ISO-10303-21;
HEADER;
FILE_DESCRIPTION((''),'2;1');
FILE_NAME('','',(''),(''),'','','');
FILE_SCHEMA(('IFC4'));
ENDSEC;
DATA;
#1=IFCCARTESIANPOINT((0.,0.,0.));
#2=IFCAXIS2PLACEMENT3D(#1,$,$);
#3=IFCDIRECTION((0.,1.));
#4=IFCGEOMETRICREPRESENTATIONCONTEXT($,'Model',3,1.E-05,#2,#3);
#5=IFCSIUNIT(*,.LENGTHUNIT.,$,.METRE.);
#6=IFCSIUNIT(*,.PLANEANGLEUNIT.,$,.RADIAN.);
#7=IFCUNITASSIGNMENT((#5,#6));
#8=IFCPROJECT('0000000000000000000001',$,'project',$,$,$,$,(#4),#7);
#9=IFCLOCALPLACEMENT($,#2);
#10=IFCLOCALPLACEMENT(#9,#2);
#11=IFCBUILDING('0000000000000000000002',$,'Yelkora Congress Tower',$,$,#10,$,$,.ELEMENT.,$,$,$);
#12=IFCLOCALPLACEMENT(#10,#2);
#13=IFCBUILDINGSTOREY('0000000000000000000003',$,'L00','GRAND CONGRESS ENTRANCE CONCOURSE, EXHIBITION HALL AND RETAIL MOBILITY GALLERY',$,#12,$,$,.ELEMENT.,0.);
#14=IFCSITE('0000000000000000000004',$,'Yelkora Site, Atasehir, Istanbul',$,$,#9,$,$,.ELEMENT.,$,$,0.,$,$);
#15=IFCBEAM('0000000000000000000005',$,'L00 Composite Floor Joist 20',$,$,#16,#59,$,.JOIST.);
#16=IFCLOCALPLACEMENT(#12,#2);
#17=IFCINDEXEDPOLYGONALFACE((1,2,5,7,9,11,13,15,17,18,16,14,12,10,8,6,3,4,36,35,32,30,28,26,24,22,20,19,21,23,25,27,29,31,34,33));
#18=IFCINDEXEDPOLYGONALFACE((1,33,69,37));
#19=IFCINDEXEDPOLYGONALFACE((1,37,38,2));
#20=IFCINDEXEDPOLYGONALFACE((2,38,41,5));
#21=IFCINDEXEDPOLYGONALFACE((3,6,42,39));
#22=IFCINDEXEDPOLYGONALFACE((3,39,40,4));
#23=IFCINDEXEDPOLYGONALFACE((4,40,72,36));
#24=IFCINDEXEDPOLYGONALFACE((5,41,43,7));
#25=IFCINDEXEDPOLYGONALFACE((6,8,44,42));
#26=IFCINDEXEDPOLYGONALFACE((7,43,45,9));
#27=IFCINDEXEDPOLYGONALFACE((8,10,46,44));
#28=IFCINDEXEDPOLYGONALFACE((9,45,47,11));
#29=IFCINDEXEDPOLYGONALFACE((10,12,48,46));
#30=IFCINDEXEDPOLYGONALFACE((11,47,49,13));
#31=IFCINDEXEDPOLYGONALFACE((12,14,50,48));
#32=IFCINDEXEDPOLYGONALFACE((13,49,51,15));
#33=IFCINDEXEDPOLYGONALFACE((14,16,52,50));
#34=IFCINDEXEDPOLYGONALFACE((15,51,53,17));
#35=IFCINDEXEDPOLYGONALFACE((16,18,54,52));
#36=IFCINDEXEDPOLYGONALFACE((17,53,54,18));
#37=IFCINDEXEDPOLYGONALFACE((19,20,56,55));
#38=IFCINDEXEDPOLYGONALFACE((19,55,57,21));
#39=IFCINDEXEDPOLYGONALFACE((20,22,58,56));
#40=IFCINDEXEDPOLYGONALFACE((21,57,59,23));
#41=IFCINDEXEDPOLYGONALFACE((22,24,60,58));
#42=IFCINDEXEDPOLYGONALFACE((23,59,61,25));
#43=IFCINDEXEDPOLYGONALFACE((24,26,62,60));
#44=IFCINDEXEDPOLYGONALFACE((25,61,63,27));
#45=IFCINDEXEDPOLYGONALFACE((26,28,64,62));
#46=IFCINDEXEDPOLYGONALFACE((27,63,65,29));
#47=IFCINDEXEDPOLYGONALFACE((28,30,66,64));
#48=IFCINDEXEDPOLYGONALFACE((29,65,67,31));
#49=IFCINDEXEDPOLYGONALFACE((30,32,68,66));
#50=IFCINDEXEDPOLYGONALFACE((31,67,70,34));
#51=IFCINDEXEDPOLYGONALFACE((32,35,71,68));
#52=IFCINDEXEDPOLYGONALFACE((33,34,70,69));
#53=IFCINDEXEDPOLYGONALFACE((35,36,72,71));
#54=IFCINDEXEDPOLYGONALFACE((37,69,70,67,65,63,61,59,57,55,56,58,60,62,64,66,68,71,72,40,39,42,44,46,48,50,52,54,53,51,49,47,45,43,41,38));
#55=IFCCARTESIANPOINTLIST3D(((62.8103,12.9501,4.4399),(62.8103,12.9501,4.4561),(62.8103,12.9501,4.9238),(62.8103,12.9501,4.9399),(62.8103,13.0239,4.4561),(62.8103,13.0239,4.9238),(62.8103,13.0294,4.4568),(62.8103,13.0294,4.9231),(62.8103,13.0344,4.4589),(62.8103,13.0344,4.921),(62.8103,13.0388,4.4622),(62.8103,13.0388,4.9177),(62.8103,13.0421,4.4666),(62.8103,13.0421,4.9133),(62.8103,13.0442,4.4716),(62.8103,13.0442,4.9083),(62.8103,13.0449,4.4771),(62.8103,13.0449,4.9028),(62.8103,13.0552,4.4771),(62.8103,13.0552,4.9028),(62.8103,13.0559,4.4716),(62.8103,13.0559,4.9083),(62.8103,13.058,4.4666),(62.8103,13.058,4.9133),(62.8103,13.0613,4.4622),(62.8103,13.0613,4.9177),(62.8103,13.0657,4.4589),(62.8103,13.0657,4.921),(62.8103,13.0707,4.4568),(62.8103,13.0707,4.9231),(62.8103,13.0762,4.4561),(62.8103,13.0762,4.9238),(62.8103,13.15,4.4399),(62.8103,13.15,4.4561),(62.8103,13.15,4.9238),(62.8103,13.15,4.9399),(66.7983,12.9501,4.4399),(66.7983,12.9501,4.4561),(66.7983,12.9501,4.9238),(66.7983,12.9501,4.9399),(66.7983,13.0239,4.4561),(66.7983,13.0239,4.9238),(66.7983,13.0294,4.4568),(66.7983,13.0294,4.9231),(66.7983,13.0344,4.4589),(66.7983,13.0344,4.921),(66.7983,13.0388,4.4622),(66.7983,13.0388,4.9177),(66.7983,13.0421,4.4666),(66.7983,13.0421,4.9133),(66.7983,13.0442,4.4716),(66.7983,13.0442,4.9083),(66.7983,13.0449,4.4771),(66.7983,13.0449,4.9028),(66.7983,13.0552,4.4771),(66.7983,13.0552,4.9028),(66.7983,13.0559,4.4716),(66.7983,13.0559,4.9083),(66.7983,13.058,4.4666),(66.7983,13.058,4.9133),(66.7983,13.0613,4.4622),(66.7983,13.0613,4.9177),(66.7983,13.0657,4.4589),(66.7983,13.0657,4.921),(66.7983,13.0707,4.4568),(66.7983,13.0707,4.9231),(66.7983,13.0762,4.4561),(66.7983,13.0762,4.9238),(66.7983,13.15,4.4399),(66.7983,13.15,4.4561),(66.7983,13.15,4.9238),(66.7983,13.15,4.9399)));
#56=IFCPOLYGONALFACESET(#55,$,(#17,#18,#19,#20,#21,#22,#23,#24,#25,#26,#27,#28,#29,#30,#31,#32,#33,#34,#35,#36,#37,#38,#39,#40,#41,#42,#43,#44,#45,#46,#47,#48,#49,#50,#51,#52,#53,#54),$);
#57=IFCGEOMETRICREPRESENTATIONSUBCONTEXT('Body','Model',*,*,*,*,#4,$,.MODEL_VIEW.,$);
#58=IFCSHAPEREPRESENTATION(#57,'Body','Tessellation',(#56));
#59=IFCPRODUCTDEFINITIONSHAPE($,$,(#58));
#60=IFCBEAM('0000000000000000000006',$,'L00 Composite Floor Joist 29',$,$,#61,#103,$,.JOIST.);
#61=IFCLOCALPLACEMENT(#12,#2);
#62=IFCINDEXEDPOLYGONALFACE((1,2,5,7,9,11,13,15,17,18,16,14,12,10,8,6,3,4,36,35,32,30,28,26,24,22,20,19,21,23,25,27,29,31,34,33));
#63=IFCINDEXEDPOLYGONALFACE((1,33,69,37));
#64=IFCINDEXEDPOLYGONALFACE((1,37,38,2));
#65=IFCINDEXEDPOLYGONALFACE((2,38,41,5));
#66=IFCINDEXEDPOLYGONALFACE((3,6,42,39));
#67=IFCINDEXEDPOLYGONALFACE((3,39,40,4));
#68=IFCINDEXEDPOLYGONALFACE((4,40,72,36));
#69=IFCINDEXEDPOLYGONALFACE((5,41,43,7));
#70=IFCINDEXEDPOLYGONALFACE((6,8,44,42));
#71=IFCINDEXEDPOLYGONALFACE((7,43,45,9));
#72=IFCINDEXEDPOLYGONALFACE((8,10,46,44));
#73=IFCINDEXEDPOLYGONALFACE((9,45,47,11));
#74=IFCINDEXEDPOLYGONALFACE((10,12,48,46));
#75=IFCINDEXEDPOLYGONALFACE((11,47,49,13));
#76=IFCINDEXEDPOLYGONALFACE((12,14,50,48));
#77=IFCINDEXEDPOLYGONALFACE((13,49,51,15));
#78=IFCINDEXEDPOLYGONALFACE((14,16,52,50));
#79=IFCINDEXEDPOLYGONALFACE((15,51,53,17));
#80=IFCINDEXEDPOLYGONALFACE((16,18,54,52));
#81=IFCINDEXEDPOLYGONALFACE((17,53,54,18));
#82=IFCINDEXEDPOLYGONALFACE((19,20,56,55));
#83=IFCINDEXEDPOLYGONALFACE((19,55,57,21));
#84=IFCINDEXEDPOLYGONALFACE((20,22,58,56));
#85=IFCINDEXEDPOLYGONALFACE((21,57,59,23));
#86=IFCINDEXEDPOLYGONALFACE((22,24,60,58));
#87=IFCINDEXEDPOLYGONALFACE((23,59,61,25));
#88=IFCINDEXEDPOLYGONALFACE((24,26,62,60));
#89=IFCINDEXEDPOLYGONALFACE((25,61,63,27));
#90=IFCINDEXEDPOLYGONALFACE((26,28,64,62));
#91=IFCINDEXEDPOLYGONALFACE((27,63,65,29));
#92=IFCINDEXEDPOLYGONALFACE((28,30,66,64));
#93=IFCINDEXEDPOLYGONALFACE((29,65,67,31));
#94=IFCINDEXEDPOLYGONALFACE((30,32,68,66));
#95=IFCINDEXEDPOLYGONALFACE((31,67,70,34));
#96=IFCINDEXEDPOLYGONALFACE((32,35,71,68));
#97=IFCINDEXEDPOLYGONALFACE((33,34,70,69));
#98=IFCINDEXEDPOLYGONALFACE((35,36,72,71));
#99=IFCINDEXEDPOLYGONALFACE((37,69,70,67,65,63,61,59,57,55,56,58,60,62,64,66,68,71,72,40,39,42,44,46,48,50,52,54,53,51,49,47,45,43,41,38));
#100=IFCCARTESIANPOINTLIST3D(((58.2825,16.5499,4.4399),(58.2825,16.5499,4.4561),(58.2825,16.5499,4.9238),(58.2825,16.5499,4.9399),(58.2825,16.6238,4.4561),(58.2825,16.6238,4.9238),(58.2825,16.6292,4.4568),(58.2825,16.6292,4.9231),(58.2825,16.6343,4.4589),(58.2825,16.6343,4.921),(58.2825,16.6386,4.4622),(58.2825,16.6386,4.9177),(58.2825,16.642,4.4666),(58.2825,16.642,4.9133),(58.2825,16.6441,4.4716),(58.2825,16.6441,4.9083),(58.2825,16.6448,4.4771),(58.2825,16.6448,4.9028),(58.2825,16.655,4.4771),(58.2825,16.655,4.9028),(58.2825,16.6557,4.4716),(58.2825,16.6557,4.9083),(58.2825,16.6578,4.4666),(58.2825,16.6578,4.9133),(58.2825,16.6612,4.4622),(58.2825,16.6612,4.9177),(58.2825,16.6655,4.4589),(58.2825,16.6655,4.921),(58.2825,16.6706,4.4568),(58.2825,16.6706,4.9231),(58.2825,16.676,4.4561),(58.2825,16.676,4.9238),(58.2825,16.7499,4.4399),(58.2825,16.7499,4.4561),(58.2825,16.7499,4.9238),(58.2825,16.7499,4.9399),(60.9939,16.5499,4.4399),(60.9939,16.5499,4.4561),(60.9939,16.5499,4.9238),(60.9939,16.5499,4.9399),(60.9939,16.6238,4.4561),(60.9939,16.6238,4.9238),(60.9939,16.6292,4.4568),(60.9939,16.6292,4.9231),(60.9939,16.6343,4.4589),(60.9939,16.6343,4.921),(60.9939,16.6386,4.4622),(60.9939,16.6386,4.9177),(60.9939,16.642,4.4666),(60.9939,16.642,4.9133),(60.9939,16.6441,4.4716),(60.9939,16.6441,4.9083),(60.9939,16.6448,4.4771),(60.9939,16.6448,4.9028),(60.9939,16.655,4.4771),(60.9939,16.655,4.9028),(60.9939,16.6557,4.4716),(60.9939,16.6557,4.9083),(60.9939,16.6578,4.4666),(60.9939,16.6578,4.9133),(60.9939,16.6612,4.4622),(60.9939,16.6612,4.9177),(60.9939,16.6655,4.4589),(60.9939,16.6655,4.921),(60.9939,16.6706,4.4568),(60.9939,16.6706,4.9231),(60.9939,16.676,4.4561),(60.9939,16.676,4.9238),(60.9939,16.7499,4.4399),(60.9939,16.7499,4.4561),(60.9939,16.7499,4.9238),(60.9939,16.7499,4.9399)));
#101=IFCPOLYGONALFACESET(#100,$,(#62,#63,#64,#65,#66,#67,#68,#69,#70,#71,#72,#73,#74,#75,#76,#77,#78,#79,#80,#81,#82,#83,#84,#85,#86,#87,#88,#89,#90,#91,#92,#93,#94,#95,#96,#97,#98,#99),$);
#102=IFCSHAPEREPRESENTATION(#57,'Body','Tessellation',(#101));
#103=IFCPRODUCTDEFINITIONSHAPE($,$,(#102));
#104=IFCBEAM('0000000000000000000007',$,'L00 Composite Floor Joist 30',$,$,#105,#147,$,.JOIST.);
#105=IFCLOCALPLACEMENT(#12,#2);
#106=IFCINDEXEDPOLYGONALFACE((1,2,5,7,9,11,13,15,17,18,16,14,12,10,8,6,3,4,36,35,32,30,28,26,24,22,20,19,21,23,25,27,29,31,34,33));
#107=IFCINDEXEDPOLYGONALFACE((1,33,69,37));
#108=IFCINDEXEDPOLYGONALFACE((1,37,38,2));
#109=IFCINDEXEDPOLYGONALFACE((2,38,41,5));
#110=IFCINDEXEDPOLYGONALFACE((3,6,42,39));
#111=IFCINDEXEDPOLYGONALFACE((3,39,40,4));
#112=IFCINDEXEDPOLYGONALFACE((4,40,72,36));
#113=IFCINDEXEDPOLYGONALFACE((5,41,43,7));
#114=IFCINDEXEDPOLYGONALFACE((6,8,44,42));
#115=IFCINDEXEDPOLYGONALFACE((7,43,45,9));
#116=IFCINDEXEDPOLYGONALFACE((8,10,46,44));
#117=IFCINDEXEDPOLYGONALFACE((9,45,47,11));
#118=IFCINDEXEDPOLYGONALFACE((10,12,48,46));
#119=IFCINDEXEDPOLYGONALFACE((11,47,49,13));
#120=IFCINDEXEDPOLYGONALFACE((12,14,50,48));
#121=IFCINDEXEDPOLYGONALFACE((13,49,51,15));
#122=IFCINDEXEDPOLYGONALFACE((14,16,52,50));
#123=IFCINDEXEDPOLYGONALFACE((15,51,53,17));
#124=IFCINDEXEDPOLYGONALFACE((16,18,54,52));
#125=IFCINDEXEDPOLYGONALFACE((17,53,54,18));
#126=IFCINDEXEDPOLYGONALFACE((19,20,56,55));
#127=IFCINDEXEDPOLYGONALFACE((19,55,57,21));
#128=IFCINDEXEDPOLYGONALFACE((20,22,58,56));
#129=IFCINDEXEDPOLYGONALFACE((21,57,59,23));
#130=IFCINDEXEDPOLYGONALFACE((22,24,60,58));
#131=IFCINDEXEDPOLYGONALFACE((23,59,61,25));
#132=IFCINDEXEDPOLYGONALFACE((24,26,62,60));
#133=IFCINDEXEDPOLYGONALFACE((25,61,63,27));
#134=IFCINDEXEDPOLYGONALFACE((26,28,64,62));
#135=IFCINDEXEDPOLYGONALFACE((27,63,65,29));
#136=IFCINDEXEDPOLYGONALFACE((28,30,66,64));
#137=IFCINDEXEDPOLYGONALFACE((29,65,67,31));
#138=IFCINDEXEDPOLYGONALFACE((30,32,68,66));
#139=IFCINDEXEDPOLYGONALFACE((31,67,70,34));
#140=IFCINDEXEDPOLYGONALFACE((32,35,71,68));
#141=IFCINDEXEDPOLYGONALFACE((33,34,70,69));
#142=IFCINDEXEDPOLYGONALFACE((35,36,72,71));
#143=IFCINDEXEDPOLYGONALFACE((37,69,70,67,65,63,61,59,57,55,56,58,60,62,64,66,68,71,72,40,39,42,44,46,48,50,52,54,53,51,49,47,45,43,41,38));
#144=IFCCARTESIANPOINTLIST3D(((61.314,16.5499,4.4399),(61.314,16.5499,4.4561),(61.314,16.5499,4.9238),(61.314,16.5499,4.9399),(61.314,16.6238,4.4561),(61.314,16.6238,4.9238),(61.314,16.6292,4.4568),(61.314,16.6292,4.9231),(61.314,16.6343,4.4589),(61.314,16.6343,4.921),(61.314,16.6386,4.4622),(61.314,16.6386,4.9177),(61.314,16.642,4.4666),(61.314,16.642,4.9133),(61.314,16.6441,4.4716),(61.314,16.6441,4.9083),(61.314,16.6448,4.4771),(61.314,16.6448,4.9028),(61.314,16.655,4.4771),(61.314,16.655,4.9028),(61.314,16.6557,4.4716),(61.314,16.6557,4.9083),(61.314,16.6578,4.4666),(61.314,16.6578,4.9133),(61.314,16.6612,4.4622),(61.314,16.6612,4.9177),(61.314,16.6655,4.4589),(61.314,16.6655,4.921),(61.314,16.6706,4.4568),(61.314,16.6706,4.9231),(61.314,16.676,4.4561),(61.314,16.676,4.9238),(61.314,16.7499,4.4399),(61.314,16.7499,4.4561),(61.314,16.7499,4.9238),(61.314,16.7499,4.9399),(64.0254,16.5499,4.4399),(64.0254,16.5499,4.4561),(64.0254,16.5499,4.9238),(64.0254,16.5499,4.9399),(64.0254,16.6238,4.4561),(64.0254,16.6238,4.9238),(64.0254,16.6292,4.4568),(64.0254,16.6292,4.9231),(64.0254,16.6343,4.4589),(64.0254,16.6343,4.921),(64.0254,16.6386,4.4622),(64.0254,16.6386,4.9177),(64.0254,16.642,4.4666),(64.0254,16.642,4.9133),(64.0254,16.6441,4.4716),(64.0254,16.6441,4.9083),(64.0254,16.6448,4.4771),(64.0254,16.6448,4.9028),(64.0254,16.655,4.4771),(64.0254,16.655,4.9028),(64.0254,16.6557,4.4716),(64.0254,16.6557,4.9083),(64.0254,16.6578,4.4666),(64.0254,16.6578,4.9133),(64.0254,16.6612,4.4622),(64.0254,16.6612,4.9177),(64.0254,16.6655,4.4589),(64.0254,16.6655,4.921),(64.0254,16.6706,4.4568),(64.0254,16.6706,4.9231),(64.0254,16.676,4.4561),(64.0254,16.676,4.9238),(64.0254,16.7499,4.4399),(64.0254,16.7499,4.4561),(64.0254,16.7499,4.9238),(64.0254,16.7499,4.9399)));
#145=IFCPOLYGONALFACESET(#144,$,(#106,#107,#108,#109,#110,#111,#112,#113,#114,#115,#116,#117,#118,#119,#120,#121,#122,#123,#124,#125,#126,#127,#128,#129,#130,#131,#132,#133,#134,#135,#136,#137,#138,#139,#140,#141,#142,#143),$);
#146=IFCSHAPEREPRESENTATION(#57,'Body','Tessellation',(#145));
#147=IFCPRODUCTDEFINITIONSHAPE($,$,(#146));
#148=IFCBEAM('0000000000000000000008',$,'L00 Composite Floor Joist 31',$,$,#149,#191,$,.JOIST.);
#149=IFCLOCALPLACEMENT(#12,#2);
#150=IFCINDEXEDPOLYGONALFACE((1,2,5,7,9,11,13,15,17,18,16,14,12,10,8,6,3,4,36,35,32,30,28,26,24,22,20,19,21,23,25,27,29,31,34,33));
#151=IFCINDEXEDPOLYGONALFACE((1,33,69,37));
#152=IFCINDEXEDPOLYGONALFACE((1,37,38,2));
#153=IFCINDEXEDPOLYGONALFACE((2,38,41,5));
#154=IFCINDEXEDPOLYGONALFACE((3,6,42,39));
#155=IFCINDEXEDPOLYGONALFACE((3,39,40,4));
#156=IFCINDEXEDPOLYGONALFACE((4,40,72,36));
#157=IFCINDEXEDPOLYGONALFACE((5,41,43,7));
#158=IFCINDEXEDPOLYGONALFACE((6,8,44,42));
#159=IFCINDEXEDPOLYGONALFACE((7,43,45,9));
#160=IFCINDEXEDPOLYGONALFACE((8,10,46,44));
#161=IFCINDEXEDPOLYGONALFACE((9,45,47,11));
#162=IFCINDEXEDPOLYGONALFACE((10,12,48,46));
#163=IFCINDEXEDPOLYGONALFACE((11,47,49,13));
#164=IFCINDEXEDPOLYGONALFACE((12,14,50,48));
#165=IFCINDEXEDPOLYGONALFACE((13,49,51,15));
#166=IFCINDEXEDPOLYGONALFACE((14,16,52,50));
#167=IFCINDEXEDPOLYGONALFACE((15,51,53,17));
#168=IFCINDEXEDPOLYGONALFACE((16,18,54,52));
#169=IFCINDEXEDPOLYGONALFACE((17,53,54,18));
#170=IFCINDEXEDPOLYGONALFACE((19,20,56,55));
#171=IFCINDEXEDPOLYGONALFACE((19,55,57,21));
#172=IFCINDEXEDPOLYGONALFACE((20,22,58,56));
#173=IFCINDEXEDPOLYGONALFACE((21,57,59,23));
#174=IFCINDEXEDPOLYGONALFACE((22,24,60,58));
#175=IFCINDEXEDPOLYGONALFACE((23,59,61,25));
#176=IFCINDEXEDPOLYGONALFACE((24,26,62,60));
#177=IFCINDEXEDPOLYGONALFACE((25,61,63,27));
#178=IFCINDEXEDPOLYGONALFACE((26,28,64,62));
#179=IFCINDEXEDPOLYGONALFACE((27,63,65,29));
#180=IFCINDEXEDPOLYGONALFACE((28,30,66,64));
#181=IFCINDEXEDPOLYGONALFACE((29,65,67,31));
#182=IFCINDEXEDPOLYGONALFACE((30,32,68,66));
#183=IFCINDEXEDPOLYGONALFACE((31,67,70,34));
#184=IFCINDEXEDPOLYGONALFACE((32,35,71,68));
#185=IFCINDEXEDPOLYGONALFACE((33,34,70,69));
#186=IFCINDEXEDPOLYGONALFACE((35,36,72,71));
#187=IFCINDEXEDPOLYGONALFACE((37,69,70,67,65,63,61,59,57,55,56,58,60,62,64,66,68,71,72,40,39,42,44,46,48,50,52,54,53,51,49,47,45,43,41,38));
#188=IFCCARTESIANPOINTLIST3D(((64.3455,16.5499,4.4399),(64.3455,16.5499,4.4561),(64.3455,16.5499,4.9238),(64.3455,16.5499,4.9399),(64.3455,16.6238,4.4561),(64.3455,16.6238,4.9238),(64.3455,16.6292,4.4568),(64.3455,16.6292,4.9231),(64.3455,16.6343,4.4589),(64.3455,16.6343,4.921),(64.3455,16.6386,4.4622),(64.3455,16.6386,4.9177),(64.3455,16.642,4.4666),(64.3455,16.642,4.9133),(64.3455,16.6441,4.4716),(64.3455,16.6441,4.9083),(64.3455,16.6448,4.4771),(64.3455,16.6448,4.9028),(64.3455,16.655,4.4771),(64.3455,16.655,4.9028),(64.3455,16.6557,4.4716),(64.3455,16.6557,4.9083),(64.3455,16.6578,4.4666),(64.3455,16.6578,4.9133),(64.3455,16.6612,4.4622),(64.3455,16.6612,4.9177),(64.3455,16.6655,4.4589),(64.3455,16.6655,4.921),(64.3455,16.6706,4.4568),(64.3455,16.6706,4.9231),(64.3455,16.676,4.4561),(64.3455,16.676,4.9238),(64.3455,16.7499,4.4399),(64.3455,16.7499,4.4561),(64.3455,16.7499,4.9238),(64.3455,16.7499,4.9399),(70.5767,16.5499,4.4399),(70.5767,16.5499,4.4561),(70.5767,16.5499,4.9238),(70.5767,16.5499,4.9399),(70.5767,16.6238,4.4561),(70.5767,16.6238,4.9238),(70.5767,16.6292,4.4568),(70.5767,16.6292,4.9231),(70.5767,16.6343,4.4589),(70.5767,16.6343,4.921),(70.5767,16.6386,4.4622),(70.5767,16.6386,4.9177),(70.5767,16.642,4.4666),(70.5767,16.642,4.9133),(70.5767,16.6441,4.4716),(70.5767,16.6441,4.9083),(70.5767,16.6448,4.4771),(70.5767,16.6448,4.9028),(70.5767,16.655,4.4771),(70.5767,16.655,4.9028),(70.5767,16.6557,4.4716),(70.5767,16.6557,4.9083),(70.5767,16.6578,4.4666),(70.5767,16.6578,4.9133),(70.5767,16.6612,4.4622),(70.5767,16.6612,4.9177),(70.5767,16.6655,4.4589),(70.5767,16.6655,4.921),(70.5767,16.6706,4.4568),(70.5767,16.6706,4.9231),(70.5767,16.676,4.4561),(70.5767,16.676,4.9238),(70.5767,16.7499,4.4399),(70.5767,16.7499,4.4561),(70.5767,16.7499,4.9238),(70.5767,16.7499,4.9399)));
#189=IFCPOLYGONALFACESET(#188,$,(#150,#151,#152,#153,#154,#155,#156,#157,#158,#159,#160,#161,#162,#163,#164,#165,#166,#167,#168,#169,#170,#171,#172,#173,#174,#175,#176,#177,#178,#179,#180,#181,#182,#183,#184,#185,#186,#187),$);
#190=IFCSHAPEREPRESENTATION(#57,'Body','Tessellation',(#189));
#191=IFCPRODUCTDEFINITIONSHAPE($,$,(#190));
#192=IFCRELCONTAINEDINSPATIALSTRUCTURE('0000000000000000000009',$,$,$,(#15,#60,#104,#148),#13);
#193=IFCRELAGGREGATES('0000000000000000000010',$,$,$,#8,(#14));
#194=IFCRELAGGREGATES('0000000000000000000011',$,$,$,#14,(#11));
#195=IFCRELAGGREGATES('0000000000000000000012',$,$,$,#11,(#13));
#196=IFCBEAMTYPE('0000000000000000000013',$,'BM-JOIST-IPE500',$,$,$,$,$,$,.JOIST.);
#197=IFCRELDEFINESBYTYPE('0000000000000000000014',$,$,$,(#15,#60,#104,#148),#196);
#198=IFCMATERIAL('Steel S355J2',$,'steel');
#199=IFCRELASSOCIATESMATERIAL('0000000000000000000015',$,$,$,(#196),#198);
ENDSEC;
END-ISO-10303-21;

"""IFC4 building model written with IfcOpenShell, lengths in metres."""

from ifc_helpers import new_model, si_unit, direction, frame, origin, origin_2d, place, context, subcontext, project, spatial, i_section, extrude, material, material_profile, profile_set, type_object, element, save


model = new_model("IFC4")

# Units and contexts
model_context = context("Model", 3, precision=1e-05, world=origin(), true_north=direction((0.0, 1.0)))
body_context = subcontext(model_context, "Body", "Model", "MODEL_VIEW")
ifc_project = project(units=[si_unit("LENGTHUNIT", "METRE"), si_unit("PLANEANGLEUNIT", "RADIAN")], contexts=[model_context])

# Site, building, storey
site_placement = place(None, origin())
site = spatial("IfcSite", under=ifc_project, at=site_placement, Name="Yelkora Site, Atasehir, Istanbul", CompositionType="ELEMENT", RefElevation=0.0)
building_placement = place(site_placement, origin())
building = spatial("IfcBuilding", under=site, at=building_placement, Name="Yelkora Congress Tower", CompositionType="ELEMENT")
storey_placement = place(building_placement, origin())
storey = spatial("IfcBuildingStorey", under=building, at=storey_placement, Name="L00", Description="GRAND CONGRESS ENTRANCE CONCOURSE, EXHIBITION HALL AND RETAIL MOBILITY GALLERY", CompositionType="ELEMENT", Elevation=0.0)

# Beams
ifc_material_1 = material(Name="Steel S355J2", Category="steel")
ifc_material_profile_1 = material_profile(ifc_material_1, i_section(OverallWidth=0.2, OverallDepth=0.5, WebThickness=0.0103, FlangeThickness=0.0161, FilletRadius=0.021, at=origin_2d()), Name="IPE 500")
ifc_profile_set_1 = profile_set([ifc_material_profile_1], Name="Steel S355J2")
beam_type_1 = type_object("IfcBeamType", Name="BM-JOIST-IPE500", PredefinedType="JOIST", material=ifc_profile_set_1)
for number, where, z_axis, x_axis, name in (
    (1, (62.8103, 13.05, 4.6899), (1.0, 0.0, 0.0), (0.0, 1.0, 0.0), "L00 Composite Floor Joist 20"),
):
    element("IfcBeam", number, at=place(storey_placement, frame(where, z_axis=z_axis, x_axis=x_axis)), inside=storey, type_object=beam_type_1, Name=name, PredefinedType="JOIST", context=body_context, shape_type="SweptSolid", body=[
        extrude(i_section(OverallWidth=0.2, OverallDepth=0.5, WebThickness=0.0103, FlangeThickness=0.0161, FilletRadius=0.021, at=origin_2d()), origin(), (0.0, 0.0, 1.0), 3.988),
    ])
for number, where, z_axis, x_axis, name in (
    (2, (58.2825, 16.6499, 4.6899), (1.0, 0.0, 0.0), (0.0, 1.0, 0.0), "L00 Composite Floor Joist 29"),
    (3, (61.314, 16.6499, 4.6899), (1.0, 0.0, 0.0), (0.0, 1.0, 0.0), "L00 Composite Floor Joist 30"),
):
    element("IfcBeam", number, at=place(storey_placement, frame(where, z_axis=z_axis, x_axis=x_axis)), inside=storey, type_object=beam_type_1, Name=name, PredefinedType="JOIST", context=body_context, shape_type="SweptSolid", body=[
        extrude(i_section(OverallWidth=0.2, OverallDepth=0.5, WebThickness=0.0103, FlangeThickness=0.0161, FilletRadius=0.021, at=origin_2d()), origin(), (0.0, 0.0, 1.0), 2.7114),
    ])
beam_1_placement = place(storey_placement, frame((64.3455, 16.6499, 4.6899), z_axis=(1.0, 0.0, 0.0), x_axis=(0.0, 1.0, 0.0)))
element("IfcBeam", 4, at=beam_1_placement, inside=storey, type_object=beam_type_1, Name="L00 Composite Floor Joist 31", PredefinedType="JOIST", context=body_context, shape_type="SweptSolid", body=[
    extrude(i_section(OverallWidth=0.2, OverallDepth=0.5, WebThickness=0.0103, FlangeThickness=0.0161, FilletRadius=0.021, at=origin_2d()), origin(), (0.0, 0.0, 1.0), 6.2312),
])

save(model, "model.ifc")
